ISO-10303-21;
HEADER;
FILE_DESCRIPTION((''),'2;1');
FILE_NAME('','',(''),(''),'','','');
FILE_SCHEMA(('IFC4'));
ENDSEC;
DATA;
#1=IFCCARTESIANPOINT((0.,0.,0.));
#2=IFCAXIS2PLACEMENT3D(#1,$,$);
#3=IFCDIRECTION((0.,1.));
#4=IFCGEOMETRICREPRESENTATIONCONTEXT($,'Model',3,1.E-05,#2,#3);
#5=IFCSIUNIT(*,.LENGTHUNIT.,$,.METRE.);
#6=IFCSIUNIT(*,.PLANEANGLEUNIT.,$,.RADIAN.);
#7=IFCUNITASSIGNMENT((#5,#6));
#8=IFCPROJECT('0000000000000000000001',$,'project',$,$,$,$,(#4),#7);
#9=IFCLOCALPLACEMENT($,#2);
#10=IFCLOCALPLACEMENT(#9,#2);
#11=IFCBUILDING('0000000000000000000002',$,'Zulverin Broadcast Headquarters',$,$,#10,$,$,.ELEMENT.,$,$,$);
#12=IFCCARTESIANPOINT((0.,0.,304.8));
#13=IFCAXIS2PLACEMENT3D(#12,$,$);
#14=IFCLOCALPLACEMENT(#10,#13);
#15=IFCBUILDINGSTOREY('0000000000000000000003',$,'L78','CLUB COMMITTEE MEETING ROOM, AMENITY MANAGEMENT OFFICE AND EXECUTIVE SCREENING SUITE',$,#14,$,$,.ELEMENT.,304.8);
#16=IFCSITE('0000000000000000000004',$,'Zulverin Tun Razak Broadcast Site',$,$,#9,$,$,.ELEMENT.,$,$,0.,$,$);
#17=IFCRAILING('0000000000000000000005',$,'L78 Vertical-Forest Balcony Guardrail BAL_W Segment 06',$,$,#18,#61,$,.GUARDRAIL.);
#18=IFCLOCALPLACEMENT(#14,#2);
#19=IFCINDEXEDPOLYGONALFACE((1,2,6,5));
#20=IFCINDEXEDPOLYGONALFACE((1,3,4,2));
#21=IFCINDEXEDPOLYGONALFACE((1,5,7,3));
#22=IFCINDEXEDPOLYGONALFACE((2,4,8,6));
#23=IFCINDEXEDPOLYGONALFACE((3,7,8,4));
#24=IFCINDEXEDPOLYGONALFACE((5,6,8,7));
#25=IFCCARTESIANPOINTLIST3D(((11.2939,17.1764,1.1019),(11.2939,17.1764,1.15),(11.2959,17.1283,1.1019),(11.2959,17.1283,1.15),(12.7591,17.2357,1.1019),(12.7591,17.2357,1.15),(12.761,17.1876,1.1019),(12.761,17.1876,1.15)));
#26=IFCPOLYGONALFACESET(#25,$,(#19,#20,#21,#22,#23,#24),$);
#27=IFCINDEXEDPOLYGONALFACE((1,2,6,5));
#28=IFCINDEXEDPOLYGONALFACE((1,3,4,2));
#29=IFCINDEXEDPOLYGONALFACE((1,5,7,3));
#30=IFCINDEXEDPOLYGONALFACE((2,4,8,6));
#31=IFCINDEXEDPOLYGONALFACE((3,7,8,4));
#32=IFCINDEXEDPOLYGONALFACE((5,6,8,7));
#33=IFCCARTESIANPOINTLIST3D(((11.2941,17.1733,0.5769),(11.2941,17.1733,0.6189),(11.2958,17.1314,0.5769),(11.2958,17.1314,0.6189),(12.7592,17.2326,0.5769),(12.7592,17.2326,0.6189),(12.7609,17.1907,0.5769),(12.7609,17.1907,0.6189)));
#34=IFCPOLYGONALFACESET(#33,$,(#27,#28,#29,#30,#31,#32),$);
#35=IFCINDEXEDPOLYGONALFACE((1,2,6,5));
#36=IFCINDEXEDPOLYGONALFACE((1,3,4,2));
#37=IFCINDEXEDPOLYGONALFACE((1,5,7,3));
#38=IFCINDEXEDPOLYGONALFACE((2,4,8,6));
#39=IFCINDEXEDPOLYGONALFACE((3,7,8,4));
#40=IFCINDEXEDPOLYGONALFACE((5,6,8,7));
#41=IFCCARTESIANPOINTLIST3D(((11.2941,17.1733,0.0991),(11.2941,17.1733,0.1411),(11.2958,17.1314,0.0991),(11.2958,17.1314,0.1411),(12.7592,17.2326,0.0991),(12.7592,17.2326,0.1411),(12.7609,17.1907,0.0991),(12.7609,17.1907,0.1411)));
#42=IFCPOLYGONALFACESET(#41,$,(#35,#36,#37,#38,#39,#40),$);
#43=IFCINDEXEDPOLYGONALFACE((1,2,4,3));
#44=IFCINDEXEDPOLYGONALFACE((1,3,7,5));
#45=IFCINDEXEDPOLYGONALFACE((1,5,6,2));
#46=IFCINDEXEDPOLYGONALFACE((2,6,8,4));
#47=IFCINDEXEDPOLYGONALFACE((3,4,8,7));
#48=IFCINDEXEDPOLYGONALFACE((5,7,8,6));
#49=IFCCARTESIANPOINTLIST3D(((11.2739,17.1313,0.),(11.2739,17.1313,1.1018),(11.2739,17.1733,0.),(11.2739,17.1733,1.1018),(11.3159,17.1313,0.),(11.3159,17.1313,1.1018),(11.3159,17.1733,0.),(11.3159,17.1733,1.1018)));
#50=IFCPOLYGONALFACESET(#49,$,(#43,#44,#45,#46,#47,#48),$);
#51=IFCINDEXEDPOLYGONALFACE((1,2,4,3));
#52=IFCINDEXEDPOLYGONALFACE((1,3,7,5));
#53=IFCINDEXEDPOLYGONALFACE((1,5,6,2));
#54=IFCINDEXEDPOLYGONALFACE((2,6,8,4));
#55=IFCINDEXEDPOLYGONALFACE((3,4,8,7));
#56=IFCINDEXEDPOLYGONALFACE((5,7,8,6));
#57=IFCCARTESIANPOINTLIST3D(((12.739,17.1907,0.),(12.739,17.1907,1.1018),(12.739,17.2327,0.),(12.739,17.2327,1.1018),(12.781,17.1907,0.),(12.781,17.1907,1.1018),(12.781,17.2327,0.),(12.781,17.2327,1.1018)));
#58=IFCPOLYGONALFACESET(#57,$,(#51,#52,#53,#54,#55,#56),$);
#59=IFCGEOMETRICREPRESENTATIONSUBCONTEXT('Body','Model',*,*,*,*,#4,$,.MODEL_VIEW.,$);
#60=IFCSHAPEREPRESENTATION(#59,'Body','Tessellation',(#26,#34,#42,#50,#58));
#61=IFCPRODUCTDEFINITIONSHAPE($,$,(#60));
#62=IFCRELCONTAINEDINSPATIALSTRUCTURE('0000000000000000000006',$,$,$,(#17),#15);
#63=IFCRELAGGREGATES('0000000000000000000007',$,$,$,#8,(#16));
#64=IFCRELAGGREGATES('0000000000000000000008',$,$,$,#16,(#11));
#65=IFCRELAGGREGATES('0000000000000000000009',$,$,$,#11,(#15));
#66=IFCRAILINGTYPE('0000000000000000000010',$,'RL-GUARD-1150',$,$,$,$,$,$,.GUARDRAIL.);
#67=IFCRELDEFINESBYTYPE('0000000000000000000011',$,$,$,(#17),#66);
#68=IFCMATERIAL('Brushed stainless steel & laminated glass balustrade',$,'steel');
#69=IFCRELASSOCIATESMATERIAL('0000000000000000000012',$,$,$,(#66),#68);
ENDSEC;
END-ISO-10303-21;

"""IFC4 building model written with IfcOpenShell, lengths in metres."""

from ifc_helpers import new_model, si_unit, direction, frame, origin, origin_2d, place, context, subcontext, project, spatial, rectangle, extrude, material, type_object, element, save


model = new_model("IFC4")

# Units and contexts
model_context = context("Model", 3, precision=1e-05, world=origin(), true_north=direction((0.0, 1.0)))
body_context = subcontext(model_context, "Body", "Model", "MODEL_VIEW")
ifc_project = project(units=[si_unit("LENGTHUNIT", "METRE"), si_unit("PLANEANGLEUNIT", "RADIAN")], contexts=[model_context])

# Site, building, storey
site_placement = place(None, origin())
site = spatial("IfcSite", under=ifc_project, at=site_placement, Name="Zulverin Tun Razak Broadcast Site", CompositionType="ELEMENT", RefElevation=0.0)
building_placement = place(site_placement, origin())
building = spatial("IfcBuilding", under=site, at=building_placement, Name="Zulverin Broadcast Headquarters", CompositionType="ELEMENT")
storey_placement = place(building_placement, frame((0.0, 0.0, 304.8)))
storey = spatial("IfcBuildingStorey", under=building, at=storey_placement, Name="L78", Description="CLUB COMMITTEE MEETING ROOM, AMENITY MANAGEMENT OFFICE AND EXECUTIVE SCREENING SUITE", CompositionType="ELEMENT", Elevation=304.8)

# Railing
ifc_material_1 = material(Name="Brushed stainless steel & laminated glass balustrade", Category="steel")
railing_type = type_object("IfcRailingType", Name="RL-GUARD-1150", PredefinedType="GUARDRAIL", material=ifc_material_1)
railing_1_placement = place(storey_placement, frame((11.2949, 17.1523, 0.0)))
element("IfcRailing", 1, at=railing_1_placement, inside=storey, type_object=railing_type, Name="L78 Vertical-Forest Balcony Guardrail BAL_W Segment 06", PredefinedType="GUARDRAIL", context=body_context, shape_type="SweptSolid", body=[
    extrude(rectangle(XDim=0.0481, YDim=0.0481, at=origin_2d()), frame((0.0, 0.0, 1.126), z_axis=(0.999181, 0.04046, 0.0), x_axis=(-0.04046, 0.999181, 0.0)), (0.0, 0.0, 1.0), 1.4663),
    extrude(rectangle(XDim=0.042, YDim=0.042, at=origin_2d()), frame((0.0, 0.0, 0.5979), z_axis=(0.999181, 0.04046, 0.0), x_axis=(-0.04046, 0.999181, 0.0)), (0.0, 0.0, 1.0), 1.4663),
    extrude(rectangle(XDim=0.042, YDim=0.042, at=origin_2d()), frame((0.0, 0.0, 0.1201), z_axis=(0.999181, 0.04046, 0.0), x_axis=(-0.04046, 0.999181, 0.0)), (0.0, 0.0, 1.0), 1.4663),
    extrude(rectangle(XDim=0.042, YDim=0.042, at=origin_2d()), origin(), (0.0, 0.0, 1.0), 1.1018),
    extrude(rectangle(XDim=0.042, YDim=0.042, at=origin_2d()), frame((1.4651, 0.0593, 0.0)), (0.0, 0.0, 1.0), 1.1018),
])

save(model, "model.ifc")
